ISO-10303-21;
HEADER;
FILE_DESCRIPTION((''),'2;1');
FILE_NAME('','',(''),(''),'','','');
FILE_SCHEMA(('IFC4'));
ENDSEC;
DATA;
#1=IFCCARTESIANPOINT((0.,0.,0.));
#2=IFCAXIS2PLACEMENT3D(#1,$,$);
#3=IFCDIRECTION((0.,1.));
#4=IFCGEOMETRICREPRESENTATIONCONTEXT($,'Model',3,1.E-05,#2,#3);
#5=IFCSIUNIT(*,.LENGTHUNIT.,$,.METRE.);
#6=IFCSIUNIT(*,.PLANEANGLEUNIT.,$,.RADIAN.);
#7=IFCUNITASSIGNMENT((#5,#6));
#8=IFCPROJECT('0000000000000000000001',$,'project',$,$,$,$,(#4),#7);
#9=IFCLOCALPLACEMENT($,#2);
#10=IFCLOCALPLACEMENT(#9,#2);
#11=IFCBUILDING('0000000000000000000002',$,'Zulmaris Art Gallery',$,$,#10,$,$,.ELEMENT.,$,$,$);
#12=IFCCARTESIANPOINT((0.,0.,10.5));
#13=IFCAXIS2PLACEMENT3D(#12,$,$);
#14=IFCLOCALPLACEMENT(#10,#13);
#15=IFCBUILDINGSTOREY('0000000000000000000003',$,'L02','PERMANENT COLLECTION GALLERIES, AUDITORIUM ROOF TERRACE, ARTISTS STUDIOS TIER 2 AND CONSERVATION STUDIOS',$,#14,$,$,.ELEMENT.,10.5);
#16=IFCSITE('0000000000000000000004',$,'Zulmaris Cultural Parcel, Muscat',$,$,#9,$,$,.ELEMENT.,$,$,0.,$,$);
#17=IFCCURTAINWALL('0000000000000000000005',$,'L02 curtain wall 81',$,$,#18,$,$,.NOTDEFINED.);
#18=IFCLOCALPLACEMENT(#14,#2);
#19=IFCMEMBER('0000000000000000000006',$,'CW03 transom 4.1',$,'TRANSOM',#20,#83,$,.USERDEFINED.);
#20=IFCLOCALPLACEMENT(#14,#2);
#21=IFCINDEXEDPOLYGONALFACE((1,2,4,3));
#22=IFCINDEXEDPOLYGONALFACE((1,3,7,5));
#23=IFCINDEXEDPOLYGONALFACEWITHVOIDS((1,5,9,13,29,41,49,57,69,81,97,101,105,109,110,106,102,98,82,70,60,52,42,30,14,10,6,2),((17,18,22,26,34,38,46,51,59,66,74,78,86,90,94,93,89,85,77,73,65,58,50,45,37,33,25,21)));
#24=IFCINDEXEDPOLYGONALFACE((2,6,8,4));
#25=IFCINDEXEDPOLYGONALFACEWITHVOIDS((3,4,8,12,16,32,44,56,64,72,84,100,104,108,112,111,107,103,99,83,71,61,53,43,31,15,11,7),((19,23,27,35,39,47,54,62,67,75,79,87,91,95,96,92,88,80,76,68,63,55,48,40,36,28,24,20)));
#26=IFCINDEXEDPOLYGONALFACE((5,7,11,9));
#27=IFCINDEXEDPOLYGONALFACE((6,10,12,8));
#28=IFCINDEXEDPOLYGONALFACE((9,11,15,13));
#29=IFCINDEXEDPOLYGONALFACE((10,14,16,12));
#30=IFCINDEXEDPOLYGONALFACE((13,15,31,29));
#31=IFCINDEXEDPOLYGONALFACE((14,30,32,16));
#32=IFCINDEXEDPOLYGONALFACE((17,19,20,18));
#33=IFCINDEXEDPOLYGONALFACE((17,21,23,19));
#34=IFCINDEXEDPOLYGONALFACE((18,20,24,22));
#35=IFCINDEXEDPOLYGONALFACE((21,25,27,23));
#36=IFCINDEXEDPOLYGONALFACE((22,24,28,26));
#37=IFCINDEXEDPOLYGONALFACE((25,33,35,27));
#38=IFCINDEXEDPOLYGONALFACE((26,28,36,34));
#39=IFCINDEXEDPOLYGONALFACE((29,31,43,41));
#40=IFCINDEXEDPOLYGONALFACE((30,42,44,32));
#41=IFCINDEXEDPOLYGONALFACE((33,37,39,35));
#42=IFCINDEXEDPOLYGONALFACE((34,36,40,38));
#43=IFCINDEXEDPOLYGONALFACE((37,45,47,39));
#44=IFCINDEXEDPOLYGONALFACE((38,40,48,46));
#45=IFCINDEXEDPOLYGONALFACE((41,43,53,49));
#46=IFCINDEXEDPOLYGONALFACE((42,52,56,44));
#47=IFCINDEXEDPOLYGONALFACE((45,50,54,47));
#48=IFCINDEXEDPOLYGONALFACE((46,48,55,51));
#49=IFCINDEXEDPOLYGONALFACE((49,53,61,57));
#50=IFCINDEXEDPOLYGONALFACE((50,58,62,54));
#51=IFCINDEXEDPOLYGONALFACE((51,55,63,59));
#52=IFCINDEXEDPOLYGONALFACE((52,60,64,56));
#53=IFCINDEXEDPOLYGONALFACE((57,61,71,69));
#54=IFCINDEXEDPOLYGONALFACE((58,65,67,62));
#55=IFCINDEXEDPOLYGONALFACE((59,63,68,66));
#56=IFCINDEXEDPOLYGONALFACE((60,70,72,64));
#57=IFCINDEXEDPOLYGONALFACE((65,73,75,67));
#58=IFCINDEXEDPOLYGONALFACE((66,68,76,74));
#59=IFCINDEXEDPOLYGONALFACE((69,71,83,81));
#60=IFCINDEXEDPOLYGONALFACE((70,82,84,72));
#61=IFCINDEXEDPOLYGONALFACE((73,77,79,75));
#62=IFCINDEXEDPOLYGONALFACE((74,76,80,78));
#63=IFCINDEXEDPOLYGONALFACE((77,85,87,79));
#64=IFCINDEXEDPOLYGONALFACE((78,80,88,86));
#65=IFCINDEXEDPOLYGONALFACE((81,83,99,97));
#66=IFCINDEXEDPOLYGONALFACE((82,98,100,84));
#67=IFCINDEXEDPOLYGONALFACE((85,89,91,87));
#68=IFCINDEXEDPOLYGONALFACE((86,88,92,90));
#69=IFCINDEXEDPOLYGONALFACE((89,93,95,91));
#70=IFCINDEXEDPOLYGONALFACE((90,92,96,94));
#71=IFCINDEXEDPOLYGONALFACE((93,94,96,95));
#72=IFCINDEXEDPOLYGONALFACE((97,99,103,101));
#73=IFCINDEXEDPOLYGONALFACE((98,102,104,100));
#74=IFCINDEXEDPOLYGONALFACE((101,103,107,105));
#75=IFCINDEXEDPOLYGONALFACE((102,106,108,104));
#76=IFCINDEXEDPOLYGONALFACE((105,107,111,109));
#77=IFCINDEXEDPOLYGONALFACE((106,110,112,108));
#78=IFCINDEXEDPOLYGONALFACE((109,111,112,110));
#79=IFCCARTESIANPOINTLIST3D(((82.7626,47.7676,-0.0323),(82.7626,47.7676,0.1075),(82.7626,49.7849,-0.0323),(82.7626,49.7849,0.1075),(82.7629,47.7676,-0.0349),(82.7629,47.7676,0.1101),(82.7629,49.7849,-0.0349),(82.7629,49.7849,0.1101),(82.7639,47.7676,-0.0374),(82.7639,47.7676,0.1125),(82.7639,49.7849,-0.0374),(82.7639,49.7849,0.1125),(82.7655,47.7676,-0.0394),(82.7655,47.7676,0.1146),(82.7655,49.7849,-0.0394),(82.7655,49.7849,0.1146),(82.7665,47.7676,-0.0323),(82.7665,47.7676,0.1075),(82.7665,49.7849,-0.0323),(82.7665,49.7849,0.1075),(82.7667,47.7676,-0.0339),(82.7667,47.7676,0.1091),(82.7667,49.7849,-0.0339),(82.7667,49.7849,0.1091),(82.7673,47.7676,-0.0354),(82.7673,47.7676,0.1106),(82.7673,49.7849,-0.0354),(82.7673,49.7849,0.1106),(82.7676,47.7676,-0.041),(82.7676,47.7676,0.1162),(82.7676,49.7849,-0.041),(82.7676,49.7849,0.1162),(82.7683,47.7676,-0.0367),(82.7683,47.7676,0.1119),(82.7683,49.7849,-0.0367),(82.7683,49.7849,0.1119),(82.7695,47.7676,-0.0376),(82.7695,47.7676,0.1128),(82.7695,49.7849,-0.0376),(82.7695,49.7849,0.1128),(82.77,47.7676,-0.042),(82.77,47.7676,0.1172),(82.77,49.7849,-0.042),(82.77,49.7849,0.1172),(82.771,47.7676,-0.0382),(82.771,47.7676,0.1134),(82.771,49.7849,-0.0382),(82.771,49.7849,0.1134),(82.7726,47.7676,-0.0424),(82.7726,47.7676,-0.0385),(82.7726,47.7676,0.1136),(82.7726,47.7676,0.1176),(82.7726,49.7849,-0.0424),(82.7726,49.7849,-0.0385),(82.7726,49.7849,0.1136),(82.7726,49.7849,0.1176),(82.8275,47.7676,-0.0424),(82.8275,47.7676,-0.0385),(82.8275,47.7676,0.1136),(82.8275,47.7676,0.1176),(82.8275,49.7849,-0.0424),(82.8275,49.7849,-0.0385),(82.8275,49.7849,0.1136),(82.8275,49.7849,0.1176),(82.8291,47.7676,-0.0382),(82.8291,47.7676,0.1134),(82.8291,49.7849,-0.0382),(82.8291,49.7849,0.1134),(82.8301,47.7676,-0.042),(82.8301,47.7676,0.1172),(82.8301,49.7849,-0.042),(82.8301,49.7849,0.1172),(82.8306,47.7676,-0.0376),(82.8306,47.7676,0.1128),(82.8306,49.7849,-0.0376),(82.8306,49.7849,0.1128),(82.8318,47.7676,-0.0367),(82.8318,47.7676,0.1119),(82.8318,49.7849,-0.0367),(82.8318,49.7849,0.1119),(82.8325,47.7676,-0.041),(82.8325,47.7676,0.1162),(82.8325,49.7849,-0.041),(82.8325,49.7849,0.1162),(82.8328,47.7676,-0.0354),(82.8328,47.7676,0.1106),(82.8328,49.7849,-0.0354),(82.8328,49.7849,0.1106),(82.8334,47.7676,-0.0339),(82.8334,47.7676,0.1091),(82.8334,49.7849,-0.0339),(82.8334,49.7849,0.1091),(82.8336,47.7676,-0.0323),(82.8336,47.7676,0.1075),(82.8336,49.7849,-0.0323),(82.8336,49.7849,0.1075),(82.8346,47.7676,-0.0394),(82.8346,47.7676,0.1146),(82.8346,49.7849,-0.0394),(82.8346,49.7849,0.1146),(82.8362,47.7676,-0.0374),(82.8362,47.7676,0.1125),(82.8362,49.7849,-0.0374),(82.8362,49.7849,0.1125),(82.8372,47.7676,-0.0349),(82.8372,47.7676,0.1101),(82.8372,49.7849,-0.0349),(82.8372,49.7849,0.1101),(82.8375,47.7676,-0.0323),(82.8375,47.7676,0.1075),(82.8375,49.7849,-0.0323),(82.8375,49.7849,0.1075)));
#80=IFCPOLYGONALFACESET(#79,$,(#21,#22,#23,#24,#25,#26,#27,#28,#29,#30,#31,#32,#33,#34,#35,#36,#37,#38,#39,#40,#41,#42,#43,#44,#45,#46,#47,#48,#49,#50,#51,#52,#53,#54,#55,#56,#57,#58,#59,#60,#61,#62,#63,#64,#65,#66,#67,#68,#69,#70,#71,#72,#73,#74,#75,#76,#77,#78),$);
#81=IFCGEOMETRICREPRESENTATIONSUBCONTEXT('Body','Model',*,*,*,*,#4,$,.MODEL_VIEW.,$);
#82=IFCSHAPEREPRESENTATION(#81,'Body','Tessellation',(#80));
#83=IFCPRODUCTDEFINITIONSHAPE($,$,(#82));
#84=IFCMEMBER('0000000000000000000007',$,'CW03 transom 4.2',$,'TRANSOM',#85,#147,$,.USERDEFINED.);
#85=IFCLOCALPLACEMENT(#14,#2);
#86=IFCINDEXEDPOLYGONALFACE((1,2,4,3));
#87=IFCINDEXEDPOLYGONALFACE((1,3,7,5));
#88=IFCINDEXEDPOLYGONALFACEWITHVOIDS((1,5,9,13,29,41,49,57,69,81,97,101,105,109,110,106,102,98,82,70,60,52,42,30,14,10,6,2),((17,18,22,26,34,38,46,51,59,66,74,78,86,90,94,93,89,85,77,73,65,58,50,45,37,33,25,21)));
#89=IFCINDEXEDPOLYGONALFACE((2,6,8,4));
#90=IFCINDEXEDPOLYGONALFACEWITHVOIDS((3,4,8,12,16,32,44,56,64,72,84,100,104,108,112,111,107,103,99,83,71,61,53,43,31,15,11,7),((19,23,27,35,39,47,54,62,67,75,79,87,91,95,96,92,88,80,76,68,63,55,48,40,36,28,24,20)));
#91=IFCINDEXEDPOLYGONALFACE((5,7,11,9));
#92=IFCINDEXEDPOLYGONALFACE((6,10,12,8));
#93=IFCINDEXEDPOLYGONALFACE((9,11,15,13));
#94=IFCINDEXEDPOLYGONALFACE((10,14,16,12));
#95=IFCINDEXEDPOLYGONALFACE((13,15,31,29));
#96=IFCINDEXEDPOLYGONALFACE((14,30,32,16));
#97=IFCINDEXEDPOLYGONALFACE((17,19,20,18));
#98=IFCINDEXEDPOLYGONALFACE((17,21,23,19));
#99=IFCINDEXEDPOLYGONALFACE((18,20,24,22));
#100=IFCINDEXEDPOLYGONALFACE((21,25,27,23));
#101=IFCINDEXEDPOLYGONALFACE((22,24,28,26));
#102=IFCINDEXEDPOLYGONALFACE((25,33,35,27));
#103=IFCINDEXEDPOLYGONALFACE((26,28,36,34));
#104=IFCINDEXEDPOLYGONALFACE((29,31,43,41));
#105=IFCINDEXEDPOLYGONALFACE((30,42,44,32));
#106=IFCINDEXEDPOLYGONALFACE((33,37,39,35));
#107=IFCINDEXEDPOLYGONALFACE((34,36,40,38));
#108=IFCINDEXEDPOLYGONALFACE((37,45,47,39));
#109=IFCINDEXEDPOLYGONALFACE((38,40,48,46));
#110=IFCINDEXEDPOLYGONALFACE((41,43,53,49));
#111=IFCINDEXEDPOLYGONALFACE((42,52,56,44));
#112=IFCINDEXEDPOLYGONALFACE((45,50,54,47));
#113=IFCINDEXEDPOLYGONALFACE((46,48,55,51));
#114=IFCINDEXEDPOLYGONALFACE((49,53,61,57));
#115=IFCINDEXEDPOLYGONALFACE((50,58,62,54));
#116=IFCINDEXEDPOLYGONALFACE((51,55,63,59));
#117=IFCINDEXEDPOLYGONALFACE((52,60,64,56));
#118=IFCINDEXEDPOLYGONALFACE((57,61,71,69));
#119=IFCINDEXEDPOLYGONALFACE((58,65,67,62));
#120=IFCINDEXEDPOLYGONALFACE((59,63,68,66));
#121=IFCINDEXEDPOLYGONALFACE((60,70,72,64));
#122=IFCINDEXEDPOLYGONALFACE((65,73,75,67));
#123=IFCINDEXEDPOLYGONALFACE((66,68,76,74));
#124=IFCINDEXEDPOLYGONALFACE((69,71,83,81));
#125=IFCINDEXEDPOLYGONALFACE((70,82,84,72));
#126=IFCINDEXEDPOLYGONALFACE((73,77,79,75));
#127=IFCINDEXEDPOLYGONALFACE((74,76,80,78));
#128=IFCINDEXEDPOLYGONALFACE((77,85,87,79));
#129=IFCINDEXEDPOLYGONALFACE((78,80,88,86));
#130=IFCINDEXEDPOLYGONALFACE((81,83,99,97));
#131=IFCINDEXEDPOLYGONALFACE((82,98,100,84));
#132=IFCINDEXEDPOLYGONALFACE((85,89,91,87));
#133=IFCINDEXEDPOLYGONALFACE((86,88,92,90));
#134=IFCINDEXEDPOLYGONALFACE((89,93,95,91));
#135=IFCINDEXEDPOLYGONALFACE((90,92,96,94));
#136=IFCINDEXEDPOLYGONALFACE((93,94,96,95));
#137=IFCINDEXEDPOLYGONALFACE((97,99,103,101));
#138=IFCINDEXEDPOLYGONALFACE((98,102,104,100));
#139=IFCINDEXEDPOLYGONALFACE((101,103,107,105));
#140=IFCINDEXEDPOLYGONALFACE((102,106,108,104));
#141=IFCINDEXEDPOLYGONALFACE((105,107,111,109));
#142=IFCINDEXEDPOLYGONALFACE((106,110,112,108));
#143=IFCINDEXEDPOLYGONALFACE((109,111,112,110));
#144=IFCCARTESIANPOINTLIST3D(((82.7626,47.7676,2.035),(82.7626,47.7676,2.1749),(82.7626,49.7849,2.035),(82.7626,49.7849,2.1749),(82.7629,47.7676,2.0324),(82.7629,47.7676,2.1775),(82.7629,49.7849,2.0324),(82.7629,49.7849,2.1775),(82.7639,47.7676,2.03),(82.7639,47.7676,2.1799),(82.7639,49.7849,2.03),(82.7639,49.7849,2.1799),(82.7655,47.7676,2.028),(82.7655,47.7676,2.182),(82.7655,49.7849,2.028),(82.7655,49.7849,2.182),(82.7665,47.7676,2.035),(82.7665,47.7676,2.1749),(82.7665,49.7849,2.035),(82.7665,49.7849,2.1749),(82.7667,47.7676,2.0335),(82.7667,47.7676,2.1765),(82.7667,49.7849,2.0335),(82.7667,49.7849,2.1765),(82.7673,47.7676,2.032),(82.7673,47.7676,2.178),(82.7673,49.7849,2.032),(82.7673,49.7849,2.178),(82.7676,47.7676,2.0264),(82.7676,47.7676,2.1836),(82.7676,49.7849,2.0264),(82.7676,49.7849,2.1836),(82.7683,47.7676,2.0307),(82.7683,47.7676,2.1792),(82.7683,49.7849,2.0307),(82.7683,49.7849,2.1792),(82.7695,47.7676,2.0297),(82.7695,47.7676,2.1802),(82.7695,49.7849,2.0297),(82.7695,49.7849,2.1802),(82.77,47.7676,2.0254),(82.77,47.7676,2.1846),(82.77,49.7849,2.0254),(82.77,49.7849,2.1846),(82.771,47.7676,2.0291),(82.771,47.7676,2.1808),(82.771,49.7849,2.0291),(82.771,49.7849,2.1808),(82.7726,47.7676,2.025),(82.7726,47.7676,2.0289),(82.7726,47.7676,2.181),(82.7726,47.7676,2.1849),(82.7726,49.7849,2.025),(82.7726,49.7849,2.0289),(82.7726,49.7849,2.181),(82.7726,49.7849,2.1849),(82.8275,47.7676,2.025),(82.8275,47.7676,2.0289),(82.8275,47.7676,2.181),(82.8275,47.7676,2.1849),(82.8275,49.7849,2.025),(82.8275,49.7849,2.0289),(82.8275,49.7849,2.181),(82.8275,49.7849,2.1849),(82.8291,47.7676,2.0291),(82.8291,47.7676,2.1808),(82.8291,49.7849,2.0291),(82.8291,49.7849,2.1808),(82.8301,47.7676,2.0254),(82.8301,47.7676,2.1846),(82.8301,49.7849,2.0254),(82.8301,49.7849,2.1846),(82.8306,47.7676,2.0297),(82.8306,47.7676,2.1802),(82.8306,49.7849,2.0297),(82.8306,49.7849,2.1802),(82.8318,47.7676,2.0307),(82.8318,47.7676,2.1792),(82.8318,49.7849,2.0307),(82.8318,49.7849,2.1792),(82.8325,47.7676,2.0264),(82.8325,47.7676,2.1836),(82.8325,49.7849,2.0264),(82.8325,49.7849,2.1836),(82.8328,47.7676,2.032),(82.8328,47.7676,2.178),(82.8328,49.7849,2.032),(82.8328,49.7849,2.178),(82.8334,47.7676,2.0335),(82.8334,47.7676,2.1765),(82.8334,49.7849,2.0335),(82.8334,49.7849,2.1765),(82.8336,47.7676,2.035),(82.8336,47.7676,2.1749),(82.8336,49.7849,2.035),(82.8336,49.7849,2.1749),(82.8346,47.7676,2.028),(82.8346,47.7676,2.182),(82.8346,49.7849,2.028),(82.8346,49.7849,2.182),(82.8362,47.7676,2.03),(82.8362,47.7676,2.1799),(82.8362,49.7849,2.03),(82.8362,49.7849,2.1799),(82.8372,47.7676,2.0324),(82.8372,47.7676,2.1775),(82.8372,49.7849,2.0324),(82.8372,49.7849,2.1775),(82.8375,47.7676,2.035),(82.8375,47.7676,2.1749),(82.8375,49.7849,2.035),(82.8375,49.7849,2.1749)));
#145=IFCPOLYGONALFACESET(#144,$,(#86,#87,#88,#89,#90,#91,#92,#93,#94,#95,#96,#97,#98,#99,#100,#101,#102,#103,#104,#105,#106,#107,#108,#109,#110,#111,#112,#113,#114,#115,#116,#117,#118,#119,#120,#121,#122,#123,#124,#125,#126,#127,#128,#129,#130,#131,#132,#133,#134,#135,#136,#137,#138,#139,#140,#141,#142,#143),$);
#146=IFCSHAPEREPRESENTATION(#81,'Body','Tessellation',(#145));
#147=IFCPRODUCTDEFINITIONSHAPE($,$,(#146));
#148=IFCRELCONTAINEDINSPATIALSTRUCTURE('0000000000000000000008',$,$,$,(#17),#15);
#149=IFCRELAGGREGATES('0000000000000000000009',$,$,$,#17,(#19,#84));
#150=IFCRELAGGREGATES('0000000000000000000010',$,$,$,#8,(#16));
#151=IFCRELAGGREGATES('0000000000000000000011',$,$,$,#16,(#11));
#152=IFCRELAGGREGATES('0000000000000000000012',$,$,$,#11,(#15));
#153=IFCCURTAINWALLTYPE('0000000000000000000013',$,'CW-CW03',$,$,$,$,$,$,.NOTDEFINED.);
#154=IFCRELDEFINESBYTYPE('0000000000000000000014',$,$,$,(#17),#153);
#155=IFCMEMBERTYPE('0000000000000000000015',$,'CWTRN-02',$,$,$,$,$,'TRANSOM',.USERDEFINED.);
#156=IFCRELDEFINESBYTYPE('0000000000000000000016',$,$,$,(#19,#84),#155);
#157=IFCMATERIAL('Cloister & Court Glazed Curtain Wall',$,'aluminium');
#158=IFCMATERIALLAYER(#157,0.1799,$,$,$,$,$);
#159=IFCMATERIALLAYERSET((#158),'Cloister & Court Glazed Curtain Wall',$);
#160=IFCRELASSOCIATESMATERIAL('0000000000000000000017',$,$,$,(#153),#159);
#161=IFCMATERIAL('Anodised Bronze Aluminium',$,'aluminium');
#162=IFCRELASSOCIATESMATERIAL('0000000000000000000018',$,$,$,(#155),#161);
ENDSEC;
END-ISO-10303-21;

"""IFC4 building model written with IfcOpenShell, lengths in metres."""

from ifc_helpers import new_model, si_unit, direction, frame, origin, origin_2d, place, context, subcontext, project, spatial, hollow_rectangle, extrude, material, layer, layer_set, material_profile, profile_set, type_object, element, aggregate, save


model = new_model("IFC4")

# Units and contexts
model_context = context("Model", 3, precision=1e-05, world=origin(), true_north=direction((0.0, 1.0)))
body_context = subcontext(model_context, "Body", "Model", "MODEL_VIEW")
ifc_project = project(units=[si_unit("LENGTHUNIT", "METRE"), si_unit("PLANEANGLEUNIT", "RADIAN")], contexts=[model_context])

# Site, building, storey
site_placement = place(None, origin())
site = spatial("IfcSite", under=ifc_project, at=site_placement, Name="Zulmaris Cultural Parcel, Muscat", CompositionType="ELEMENT", RefElevation=0.0)
building_placement = place(site_placement, origin())
building = spatial("IfcBuilding", under=site, at=building_placement, Name="Zulmaris Art Gallery", CompositionType="ELEMENT")
storey_placement = place(building_placement, frame((0.0, 0.0, 10.5)))
storey = spatial("IfcBuildingStorey", under=building, at=storey_placement, Name="L02", Description="PERMANENT COLLECTION GALLERIES, AUDITORIUM ROOF TERRACE, ARTISTS STUDIOS TIER 2 AND CONSERVATION STUDIOS", CompositionType="ELEMENT", Elevation=10.5)

# Curtain wall
ifc_material_1 = material(Name="Cloister & Court Glazed Curtain Wall", Category="aluminium")
ifc_layer_1 = layer(ifc_material_1, 0.1799)
ifc_layer_set_1 = layer_set([ifc_layer_1], Name="Cloister & Court Glazed Curtain Wall")
curtain_wall_type = type_object("IfcCurtainWallType", Name="CW-CW03", PredefinedType="NOTDEFINED", material=ifc_layer_set_1)
curtain_wall_1_placement = place(storey_placement, origin())
curtain_wall_1 = element("IfcCurtainWall", 1, at=curtain_wall_1_placement, inside=storey, type_object=curtain_wall_type, Name="L02 curtain wall 81", PredefinedType="NOTDEFINED")
ifc_material_2 = material(Name="Anodised Bronze Aluminium", Category="aluminium")

# Members
ifc_material_profile_1 = material_profile(ifc_material_2, hollow_rectangle(XDim=0.075, YDim=0.1599, WallThickness=0.0039, InnerFilletRadius=0.0061, OuterFilletRadius=0.01, at=origin_2d()), Name="ALU 75x160x4")
ifc_profile_set_1 = profile_set([ifc_material_profile_1], Name="Anodised Bronze Aluminium")
member_type_1 = type_object("IfcMemberType", Name="CWTRN-02", ElementType="TRANSOM", PredefinedType="USERDEFINED", material=ifc_profile_set_1)
member_1_placement = place(storey_placement, frame((82.8, 47.7676, 0.0376), z_axis=(0.0, 1.0, 0.0), x_axis=(-1.0, 0.0, 0.0)))
member_1 = element("IfcMember", 2, at=member_1_placement, type_object=member_type_1, Name="CW03 transom 4.1", ObjectType="TRANSOM", PredefinedType="USERDEFINED", context=body_context, shape_type="SweptSolid", body=[
    extrude(hollow_rectangle(XDim=0.075, YDim=0.1599, WallThickness=0.0039, InnerFilletRadius=0.0061, OuterFilletRadius=0.01, at=origin_2d()), origin(), (0.0, 0.0, 1.0), 2.0173),
])
member_2_placement = place(storey_placement, frame((82.8, 47.7676, 2.105), z_axis=(0.0, 1.0, 0.0), x_axis=(-1.0, 0.0, 0.0)))
member_2 = element("IfcMember", 3, at=member_2_placement, type_object=member_type_1, Name="CW03 transom 4.2", ObjectType="TRANSOM", PredefinedType="USERDEFINED", context=body_context, shape_type="SweptSolid", body=[
    extrude(hollow_rectangle(XDim=0.075, YDim=0.1599, WallThickness=0.0039, InnerFilletRadius=0.0061, OuterFilletRadius=0.01, at=origin_2d()), origin(), (0.0, 0.0, 1.0), 2.0173),
])

aggregate(curtain_wall_1, [member_1, member_2])

save(model, "model.ifc")
